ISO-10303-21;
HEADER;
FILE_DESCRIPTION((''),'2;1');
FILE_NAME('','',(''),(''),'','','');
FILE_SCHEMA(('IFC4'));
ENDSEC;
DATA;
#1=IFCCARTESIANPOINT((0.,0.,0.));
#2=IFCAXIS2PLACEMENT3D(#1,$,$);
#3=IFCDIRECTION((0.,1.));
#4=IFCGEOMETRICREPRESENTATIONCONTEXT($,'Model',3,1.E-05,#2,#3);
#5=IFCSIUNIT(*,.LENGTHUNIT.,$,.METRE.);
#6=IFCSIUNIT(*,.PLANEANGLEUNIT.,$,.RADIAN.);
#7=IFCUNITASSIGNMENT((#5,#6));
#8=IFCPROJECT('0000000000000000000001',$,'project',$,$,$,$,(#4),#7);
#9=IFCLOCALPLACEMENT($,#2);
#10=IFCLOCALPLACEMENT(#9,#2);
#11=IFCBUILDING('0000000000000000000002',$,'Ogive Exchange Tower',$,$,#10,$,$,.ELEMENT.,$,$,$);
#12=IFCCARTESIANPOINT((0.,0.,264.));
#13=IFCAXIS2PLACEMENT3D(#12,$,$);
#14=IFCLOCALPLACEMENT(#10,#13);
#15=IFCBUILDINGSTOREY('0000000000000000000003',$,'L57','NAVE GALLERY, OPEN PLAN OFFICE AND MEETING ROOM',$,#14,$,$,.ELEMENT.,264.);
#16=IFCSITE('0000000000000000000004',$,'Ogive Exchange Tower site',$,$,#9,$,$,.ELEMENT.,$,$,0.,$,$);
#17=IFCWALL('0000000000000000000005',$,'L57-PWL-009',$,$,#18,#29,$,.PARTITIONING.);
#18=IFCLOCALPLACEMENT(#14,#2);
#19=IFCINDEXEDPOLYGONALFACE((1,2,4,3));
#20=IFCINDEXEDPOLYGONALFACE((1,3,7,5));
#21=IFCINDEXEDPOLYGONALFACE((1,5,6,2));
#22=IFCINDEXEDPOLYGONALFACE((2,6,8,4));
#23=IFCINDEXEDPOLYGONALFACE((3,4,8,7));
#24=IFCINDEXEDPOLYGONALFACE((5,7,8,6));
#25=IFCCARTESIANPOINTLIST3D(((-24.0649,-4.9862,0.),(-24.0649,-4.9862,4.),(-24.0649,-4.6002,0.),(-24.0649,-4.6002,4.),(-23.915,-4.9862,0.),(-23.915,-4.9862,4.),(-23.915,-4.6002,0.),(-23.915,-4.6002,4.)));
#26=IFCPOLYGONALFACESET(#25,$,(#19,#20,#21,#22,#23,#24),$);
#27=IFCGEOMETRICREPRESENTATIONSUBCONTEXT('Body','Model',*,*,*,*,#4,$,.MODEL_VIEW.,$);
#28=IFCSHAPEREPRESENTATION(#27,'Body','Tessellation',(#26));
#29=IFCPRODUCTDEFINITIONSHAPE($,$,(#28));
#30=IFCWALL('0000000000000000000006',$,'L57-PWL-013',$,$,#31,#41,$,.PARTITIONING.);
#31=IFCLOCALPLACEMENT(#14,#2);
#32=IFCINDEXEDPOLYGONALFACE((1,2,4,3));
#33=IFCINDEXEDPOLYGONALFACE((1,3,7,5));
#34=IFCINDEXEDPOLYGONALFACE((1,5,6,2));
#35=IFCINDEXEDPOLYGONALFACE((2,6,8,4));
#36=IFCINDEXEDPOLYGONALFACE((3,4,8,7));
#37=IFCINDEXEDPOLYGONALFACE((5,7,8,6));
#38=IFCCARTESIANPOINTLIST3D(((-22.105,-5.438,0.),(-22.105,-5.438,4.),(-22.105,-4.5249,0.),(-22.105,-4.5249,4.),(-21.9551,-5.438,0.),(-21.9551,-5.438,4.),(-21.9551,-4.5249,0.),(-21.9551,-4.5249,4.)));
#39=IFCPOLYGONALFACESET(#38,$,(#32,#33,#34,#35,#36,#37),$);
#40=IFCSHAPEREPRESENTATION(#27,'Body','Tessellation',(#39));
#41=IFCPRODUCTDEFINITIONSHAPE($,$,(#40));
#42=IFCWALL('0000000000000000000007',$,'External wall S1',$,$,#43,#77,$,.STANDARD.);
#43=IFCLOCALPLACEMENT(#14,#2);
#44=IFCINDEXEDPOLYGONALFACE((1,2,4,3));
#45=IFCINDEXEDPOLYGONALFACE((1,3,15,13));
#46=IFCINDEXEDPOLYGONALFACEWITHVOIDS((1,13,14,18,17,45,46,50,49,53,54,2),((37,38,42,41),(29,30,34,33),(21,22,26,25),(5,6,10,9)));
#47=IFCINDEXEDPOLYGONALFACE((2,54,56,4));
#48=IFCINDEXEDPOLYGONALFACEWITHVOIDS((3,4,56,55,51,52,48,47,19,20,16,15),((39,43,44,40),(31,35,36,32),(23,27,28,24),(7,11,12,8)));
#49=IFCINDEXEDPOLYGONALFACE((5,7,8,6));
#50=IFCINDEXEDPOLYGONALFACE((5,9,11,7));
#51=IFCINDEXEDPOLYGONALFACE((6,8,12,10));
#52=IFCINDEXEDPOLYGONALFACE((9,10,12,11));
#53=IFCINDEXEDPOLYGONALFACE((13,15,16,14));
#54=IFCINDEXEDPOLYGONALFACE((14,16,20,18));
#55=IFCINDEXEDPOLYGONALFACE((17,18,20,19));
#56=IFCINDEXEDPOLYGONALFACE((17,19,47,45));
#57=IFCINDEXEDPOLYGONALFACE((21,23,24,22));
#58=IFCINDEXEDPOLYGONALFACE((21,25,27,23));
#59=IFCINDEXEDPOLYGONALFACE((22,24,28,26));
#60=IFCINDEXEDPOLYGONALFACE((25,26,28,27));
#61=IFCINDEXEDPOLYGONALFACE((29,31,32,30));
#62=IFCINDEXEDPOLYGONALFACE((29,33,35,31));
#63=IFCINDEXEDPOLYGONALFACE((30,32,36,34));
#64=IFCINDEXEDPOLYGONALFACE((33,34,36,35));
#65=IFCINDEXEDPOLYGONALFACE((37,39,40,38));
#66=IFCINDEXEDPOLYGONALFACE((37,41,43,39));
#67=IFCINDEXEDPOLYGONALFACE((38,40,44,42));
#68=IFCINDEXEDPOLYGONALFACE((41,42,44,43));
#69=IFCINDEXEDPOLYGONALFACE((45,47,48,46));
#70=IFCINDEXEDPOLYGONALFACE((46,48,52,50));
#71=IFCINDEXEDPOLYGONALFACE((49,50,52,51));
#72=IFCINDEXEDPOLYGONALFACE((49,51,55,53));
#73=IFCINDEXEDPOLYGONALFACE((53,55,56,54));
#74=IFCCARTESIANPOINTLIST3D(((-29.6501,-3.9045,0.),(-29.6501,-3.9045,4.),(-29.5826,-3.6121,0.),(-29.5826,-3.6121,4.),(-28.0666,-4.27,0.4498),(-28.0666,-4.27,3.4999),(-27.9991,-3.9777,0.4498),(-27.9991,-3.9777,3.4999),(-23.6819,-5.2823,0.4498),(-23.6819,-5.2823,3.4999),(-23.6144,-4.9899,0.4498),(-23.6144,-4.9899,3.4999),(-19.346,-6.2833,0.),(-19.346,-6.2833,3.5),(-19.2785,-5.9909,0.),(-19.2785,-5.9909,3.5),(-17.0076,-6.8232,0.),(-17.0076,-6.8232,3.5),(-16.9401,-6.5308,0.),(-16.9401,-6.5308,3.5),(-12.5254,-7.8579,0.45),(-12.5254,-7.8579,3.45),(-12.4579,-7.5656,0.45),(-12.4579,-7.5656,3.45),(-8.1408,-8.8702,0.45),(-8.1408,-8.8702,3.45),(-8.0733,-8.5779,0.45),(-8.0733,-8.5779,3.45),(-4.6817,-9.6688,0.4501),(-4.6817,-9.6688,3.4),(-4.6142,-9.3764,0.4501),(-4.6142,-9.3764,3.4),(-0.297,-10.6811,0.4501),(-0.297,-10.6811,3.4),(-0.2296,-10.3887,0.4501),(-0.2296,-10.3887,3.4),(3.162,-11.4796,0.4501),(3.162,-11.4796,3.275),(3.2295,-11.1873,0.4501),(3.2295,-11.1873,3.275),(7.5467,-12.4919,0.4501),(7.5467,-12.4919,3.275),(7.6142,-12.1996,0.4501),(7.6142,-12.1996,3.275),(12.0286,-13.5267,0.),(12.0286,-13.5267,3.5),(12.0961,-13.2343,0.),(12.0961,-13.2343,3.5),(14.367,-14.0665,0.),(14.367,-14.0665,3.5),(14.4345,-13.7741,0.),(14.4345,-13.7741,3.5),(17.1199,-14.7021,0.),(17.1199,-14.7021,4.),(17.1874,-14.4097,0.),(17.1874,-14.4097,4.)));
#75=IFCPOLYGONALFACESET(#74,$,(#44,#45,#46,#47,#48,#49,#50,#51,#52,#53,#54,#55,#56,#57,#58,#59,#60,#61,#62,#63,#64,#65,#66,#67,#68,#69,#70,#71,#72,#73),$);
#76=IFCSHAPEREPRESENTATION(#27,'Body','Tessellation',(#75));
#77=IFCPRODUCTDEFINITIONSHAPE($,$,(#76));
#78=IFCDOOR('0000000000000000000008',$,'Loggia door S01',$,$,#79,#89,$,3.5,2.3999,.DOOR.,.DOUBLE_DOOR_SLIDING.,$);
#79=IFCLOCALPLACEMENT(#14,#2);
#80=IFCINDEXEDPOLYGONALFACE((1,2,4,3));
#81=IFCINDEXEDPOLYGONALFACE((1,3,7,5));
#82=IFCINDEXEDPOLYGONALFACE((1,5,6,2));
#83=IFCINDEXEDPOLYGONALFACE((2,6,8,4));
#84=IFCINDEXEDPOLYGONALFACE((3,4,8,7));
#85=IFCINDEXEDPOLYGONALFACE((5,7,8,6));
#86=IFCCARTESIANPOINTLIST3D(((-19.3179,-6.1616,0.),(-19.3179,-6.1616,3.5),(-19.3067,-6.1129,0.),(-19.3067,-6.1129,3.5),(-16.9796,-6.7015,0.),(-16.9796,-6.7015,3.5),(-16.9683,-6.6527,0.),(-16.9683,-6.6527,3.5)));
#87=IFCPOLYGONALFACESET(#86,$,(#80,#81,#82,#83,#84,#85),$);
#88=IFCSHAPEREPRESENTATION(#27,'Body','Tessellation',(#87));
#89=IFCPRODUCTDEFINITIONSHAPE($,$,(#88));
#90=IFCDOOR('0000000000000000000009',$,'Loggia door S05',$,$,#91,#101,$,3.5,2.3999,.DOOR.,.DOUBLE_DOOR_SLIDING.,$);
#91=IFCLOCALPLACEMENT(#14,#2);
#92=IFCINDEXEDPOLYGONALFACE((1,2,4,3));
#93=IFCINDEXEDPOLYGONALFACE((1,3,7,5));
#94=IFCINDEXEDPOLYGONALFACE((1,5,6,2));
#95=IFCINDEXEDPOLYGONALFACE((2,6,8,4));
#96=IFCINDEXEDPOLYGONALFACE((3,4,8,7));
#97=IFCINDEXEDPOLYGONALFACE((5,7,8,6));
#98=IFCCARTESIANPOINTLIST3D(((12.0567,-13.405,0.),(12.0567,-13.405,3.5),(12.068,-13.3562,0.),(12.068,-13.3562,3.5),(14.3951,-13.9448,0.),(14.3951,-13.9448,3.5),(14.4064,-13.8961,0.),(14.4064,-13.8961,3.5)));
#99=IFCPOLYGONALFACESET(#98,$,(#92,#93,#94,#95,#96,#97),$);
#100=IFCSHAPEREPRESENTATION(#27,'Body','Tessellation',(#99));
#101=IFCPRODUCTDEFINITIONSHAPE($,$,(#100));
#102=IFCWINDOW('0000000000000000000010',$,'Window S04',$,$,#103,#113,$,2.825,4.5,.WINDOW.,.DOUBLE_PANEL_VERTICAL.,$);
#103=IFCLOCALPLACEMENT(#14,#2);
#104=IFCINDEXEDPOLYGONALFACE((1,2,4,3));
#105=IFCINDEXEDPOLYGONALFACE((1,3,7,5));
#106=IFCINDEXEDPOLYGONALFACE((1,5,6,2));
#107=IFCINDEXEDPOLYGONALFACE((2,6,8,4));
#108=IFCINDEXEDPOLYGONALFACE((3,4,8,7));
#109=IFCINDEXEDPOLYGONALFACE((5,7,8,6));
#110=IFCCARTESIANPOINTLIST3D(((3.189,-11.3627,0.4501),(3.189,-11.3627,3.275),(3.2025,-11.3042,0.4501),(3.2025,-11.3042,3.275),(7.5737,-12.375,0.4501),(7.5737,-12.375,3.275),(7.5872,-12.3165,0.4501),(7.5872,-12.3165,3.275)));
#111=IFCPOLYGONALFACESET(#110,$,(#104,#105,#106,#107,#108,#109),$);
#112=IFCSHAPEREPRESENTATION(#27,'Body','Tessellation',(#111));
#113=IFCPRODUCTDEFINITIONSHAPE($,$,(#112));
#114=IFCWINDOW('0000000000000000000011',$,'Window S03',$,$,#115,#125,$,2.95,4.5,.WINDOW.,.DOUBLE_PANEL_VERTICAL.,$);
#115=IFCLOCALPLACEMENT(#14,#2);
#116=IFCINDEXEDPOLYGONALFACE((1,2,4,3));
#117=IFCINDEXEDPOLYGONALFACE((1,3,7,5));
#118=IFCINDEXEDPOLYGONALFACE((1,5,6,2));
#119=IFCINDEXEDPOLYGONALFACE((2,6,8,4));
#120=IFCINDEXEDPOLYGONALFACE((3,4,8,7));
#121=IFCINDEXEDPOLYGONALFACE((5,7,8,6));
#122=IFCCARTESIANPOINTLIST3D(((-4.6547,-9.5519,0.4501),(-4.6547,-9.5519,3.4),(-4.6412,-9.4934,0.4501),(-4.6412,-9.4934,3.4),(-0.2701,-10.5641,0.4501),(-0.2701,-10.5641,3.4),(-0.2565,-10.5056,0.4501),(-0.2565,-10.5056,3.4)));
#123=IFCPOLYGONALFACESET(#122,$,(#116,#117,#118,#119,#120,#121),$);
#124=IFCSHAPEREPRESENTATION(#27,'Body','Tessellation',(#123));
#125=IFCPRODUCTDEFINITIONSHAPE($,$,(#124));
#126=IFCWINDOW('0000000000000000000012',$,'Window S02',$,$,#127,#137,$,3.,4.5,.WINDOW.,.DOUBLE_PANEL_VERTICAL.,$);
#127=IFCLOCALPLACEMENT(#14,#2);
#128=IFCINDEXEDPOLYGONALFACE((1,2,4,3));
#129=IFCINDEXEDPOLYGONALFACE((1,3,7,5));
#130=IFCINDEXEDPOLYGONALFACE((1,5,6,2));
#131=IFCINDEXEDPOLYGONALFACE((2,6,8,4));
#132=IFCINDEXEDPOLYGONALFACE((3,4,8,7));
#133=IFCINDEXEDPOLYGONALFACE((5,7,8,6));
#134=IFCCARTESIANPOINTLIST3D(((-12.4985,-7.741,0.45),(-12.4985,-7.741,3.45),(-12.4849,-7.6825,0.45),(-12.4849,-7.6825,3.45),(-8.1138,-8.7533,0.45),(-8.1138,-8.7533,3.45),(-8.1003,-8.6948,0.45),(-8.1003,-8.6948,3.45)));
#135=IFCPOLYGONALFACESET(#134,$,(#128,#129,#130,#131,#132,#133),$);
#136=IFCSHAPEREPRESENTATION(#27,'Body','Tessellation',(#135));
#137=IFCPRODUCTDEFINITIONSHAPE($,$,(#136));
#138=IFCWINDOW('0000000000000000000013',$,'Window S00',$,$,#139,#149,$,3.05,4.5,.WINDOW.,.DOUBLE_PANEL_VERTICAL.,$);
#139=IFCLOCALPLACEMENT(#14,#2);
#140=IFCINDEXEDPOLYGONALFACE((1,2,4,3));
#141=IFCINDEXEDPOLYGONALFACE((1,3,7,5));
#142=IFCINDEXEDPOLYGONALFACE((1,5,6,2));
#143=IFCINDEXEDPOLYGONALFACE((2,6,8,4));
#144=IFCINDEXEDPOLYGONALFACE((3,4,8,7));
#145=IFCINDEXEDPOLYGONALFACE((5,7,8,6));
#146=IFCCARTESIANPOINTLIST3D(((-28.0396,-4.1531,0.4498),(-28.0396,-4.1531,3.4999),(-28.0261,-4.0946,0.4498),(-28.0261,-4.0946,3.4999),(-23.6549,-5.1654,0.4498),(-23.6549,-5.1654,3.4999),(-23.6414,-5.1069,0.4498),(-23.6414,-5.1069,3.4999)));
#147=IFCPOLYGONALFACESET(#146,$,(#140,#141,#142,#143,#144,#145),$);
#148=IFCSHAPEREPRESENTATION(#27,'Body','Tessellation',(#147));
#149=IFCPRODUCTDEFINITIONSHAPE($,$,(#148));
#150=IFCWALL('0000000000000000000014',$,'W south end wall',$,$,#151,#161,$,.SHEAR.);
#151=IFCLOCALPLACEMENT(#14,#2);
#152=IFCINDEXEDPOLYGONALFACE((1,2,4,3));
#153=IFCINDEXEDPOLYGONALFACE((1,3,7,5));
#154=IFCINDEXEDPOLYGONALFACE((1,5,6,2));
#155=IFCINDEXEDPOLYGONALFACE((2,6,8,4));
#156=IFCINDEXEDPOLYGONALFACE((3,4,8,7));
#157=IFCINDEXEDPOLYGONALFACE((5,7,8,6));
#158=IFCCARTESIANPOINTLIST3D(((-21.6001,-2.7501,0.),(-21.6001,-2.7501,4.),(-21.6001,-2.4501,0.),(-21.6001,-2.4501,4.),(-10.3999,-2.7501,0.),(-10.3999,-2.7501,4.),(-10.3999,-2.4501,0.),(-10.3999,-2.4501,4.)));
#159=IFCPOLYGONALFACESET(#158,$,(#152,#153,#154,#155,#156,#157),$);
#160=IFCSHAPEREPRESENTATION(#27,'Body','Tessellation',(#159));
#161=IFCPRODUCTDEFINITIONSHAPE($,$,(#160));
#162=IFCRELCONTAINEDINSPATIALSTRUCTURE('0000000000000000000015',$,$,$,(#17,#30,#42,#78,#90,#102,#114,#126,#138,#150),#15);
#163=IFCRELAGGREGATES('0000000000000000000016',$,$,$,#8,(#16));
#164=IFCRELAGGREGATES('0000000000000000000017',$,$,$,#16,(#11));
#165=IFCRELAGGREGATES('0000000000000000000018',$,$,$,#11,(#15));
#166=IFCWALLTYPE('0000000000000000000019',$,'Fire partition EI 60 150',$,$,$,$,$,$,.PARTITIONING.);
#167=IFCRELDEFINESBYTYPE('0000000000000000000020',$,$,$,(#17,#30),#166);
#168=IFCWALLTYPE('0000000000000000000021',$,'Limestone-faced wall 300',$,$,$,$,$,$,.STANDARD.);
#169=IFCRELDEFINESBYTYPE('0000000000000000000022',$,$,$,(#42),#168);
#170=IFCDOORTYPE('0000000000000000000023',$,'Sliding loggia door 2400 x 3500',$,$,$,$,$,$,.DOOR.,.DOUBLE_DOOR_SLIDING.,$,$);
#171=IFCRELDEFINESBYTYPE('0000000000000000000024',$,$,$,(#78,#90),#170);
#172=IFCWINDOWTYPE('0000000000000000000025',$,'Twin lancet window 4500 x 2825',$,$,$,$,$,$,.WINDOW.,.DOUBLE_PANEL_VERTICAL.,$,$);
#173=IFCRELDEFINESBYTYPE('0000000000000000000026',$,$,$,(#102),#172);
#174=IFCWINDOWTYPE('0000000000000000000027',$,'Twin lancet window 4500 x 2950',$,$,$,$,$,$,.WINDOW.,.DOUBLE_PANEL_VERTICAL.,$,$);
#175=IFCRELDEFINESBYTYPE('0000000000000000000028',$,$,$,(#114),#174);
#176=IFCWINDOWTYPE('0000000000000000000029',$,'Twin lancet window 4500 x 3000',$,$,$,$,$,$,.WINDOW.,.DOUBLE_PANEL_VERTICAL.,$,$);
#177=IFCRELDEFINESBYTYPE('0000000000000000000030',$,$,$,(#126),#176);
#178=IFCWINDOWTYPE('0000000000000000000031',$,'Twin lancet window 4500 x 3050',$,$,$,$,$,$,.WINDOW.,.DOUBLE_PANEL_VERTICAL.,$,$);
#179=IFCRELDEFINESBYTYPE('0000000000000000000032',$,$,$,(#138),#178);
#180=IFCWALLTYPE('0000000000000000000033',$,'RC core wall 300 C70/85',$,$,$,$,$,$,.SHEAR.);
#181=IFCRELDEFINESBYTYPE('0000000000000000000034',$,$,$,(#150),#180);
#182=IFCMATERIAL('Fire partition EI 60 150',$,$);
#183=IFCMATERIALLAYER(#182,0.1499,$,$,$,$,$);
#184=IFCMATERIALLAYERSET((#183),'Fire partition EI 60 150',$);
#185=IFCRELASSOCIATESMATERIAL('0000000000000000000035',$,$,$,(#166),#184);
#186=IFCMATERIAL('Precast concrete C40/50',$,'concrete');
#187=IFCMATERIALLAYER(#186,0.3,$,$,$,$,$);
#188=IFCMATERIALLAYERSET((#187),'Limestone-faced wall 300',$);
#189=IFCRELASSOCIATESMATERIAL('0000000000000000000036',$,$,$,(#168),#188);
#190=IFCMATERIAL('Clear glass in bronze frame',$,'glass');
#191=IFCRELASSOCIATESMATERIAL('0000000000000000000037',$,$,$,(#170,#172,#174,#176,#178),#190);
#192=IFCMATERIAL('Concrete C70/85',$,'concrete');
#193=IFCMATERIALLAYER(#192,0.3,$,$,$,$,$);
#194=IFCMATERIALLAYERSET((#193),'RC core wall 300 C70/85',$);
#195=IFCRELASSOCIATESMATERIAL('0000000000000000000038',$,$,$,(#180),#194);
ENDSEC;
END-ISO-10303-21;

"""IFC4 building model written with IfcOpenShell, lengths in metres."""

from ifc_helpers import new_model, si_unit, direction, frame, frame_2d, origin, place, context, subcontext, project, spatial, rectangle, extrude, material, layer, layer_set, type_object, element, fill, save


model = new_model("IFC4")

# Units and contexts
model_context = context("Model", 3, precision=1e-05, world=origin(), true_north=direction((0.0, 1.0)))
body_context = subcontext(model_context, "Body", "Model", "MODEL_VIEW")
ifc_project = project(units=[si_unit("LENGTHUNIT", "METRE"), si_unit("PLANEANGLEUNIT", "RADIAN")], contexts=[model_context])

# Site, building, storey
site_placement = place(None, origin())
site = spatial("IfcSite", under=ifc_project, at=site_placement, Name="Ogive Exchange Tower site", CompositionType="ELEMENT", RefElevation=0.0)
building_placement = place(site_placement, origin())
building = spatial("IfcBuilding", under=site, at=building_placement, Name="Ogive Exchange Tower", CompositionType="ELEMENT")
storey_placement = place(building_placement, frame((0.0, 0.0, 264.0)))
storey = spatial("IfcBuildingStorey", under=building, at=storey_placement, Name="L57", Description="NAVE GALLERY, OPEN PLAN OFFICE AND MEETING ROOM", CompositionType="ELEMENT", Elevation=264.0)

# Shared definitions
ifc_material_1 = material(Name="Fire partition EI 60 150")
ifc_layer_1 = layer(ifc_material_1, 0.1499)
ifc_layer_set_1 = layer_set([ifc_layer_1], Name="Fire partition EI 60 150")
wall_type_1 = type_object("IfcWallType", Name="Fire partition EI 60 150", PredefinedType="PARTITIONING", material=ifc_layer_set_1)

# Walls
wall_1_placement = place(storey_placement, frame((-23.99, -4.9861, 0.0), z_axis=(0.0, 0.0, 1.0), x_axis=(0.0, 1.0, 0.0)))
element("IfcWall", 1, at=wall_1_placement, inside=storey, type_object=wall_type_1, Name="L57-PWL-009", PredefinedType="PARTITIONING", context=body_context, shape_type="SweptSolid", body=[
    extrude(rectangle(XDim=0.386, YDim=0.1499, at=frame_2d((0.1929, 0.0))), origin(), (0.0, 0.0, 1.0), 4.0),
])
wall_2_placement = place(storey_placement, frame((-22.03, -4.5249, 0.0), z_axis=(0.0, 0.0, 1.0), x_axis=(0.0, -1.0, 0.0)))
element("IfcWall", 2, at=wall_2_placement, inside=storey, type_object=wall_type_1, Name="L57-PWL-013", PredefinedType="PARTITIONING", context=body_context, shape_type="SweptSolid", body=[
    extrude(rectangle(XDim=0.9131, YDim=0.1499, at=frame_2d((0.4565, 0.0))), origin(), (0.0, 0.0, 1.0), 4.0),
])

# Wall, openings, doors, windows
ifc_material_2 = material(Name="Precast concrete C40/50", Category="concrete")
ifc_layer_2 = layer(ifc_material_2, 0.3)
ifc_layer_set_2 = layer_set([ifc_layer_2], Name="Limestone-faced wall 300")
wall_type_2 = type_object("IfcWallType", Name="Limestone-faced wall 300", PredefinedType="STANDARD", material=ifc_layer_set_2)
wall_3_placement = place(storey_placement, frame((-29.6162, -3.7583, 0.0), z_axis=(0.0, 0.0, 1.0), x_axis=(0.974371, -0.224949, 0.0)))
wall_3 = element("IfcWall", 3, at=wall_3_placement, inside=storey, type_object=wall_type_2, Name="External wall S1", PredefinedType="STANDARD", context=body_context, shape_type="SweptSolid", body=[
    extrude(rectangle(XDim=48.0002, YDim=0.3, at=frame_2d((24.0, 0.0))), origin(), (0.0, 0.0, 1.0), 4.0),
])
opening_1_placement = place(wall_3_placement, frame((1.625, 0.0, 0.45)))
opening_1 = element("IfcOpeningElement", 4, at=opening_1_placement, cuts=wall_3, PredefinedType="OPENING", context=body_context, shape_type="SweptSolid", body=[
    extrude(rectangle(XDim=4.5, YDim=3.05, at=frame_2d((2.25, 1.5249))), frame((0.0, 0.1599, 0.0), z_axis=(0.0, -1.0, 0.0), x_axis=(1.0, 0.0, 0.0)), (0.0, 0.0, 1.0), 0.3201),
])
opening_2_placement = place(wall_3_placement, frame((10.575, 0.0, 0.0)))
opening_2 = element("IfcOpeningElement", 5, at=opening_2_placement, cuts=wall_3, PredefinedType="OPENING", context=body_context, shape_type="SweptSolid", body=[
    extrude(rectangle(XDim=2.3999, YDim=3.5, at=frame_2d((1.2, 1.75))), frame((0.0, 0.1599, 0.0), z_axis=(0.0, -1.0, 0.0), x_axis=(1.0, 0.0, 0.0)), (0.0, 0.0, 1.0), 0.3201),
])
opening_3_placement = place(wall_3_placement, frame((17.575, 0.0, 0.45)))
opening_3 = element("IfcOpeningElement", 6, at=opening_3_placement, cuts=wall_3, PredefinedType="OPENING", context=body_context, shape_type="SweptSolid", body=[
    extrude(rectangle(XDim=4.5, YDim=3.0, at=frame_2d((2.25, 1.5))), frame((0.0, 0.1599, 0.0), z_axis=(0.0, -1.0, 0.0), x_axis=(1.0, 0.0, 0.0)), (0.0, 0.0, 1.0), 0.3201),
])
opening_4_placement = place(wall_3_placement, frame((25.625, 0.0, 0.45)))
opening_4 = element("IfcOpeningElement", 7, at=opening_4_placement, cuts=wall_3, PredefinedType="OPENING", context=body_context, shape_type="SweptSolid", body=[
    extrude(rectangle(XDim=4.5, YDim=2.95, at=frame_2d((2.25, 1.4751))), frame((0.0, 0.1599, 0.0), z_axis=(0.0, -1.0, 0.0), x_axis=(1.0, 0.0, 0.0)), (0.0, 0.0, 1.0), 0.3201),
])
opening_5_placement = place(wall_3_placement, frame((33.675, 0.0, 0.45)))
opening_5 = element("IfcOpeningElement", 8, at=opening_5_placement, cuts=wall_3, PredefinedType="OPENING", context=body_context, shape_type="SweptSolid", body=[
    extrude(rectangle(XDim=4.5, YDim=2.825, at=frame_2d((2.25, 1.4126))), frame((0.0, 0.1599, 0.0), z_axis=(0.0, -1.0, 0.0), x_axis=(1.0, 0.0, 0.0)), (0.0, 0.0, 1.0), 0.3201),
])
opening_6_placement = place(wall_3_placement, frame((42.7749, 0.0, 0.0)))
opening_6 = element("IfcOpeningElement", 9, at=opening_6_placement, cuts=wall_3, PredefinedType="OPENING", context=body_context, shape_type="SweptSolid", body=[
    extrude(rectangle(XDim=2.3999, YDim=3.5, at=frame_2d((1.2, 1.75))), frame((0.0, 0.1599, 0.0), z_axis=(0.0, -1.0, 0.0), x_axis=(1.0, 0.0, 0.0)), (0.0, 0.0, 1.0), 0.3201),
])
ifc_material_3 = material(Name="Clear glass in bronze frame", Category="glass")
door_type_1 = type_object("IfcDoorType", Name="Sliding loggia door 2400 x 3500", OperationType="DOUBLE_DOOR_SLIDING", PredefinedType="DOOR", material=ifc_material_3)
door_1_placement = place(opening_2_placement, origin())
door_1 = element("IfcDoor", 10, at=door_1_placement, inside=storey, type_object=door_type_1, Name="Loggia door S01", OperationType="DOUBLE_DOOR_SLIDING", OverallHeight=3.5, OverallWidth=2.3999, PredefinedType="DOOR", context=body_context, shape_type="SweptSolid", body=[
    extrude(rectangle(XDim=2.3999, YDim=3.5, at=frame_2d((1.2, 1.75))), frame((0.0, 0.0249, 0.0), z_axis=(0.0, -1.0, 0.0), x_axis=(1.0, 0.0, 0.0)), (0.0, 0.0, 1.0), 0.05),
])
fill(opening_2, door_1)
door_2_placement = place(opening_6_placement, origin())
door_2 = element("IfcDoor", 11, at=door_2_placement, inside=storey, type_object=door_type_1, Name="Loggia door S05", OperationType="DOUBLE_DOOR_SLIDING", OverallHeight=3.5, OverallWidth=2.3999, PredefinedType="DOOR", context=body_context, shape_type="SweptSolid", body=[
    extrude(rectangle(XDim=2.3999, YDim=3.5, at=frame_2d((1.2, 1.75))), frame((0.0, 0.0249, 0.0), z_axis=(0.0, -1.0, 0.0), x_axis=(1.0, 0.0, 0.0)), (0.0, 0.0, 1.0), 0.05),
])
fill(opening_6, door_2)
window_type_1 = type_object("IfcWindowType", Name="Twin lancet window 4500 x 2825", PartitioningType="DOUBLE_PANEL_VERTICAL", PredefinedType="WINDOW", material=ifc_material_3)
window_1_placement = place(opening_5_placement, origin())
window_1 = element("IfcWindow", 12, at=window_1_placement, inside=storey, type_object=window_type_1, Name="Window S04", OverallHeight=2.825, OverallWidth=4.5, PartitioningType="DOUBLE_PANEL_VERTICAL", PredefinedType="WINDOW", context=body_context, shape_type="SweptSolid", body=[
    extrude(rectangle(XDim=4.5, YDim=2.825, at=frame_2d((2.25, 1.4126))), frame((0.0, 0.03, 0.0), z_axis=(0.0, -1.0, 0.0), x_axis=(1.0, 0.0, 0.0)), (0.0, 0.0, 1.0), 0.0601),
])
fill(opening_5, window_1)
window_type_2 = type_object("IfcWindowType", Name="Twin lancet window 4500 x 2950", PartitioningType="DOUBLE_PANEL_VERTICAL", PredefinedType="WINDOW", material=ifc_material_3)
window_2_placement = place(opening_4_placement, origin())
window_2 = element("IfcWindow", 13, at=window_2_placement, inside=storey, type_object=window_type_2, Name="Window S03", OverallHeight=2.95, OverallWidth=4.5, PartitioningType="DOUBLE_PANEL_VERTICAL", PredefinedType="WINDOW", context=body_context, shape_type="SweptSolid", body=[
    extrude(rectangle(XDim=4.5, YDim=2.95, at=frame_2d((2.25, 1.4751))), frame((0.0, 0.03, 0.0), z_axis=(0.0, -1.0, 0.0), x_axis=(1.0, 0.0, 0.0)), (0.0, 0.0, 1.0), 0.0601),
])
fill(opening_4, window_2)
window_type_3 = type_object("IfcWindowType", Name="Twin lancet window 4500 x 3000", PartitioningType="DOUBLE_PANEL_VERTICAL", PredefinedType="WINDOW", material=ifc_material_3)
window_3_placement = place(opening_3_placement, origin())
window_3 = element("IfcWindow", 14, at=window_3_placement, inside=storey, type_object=window_type_3, Name="Window S02", OverallHeight=3.0, OverallWidth=4.5, PartitioningType="DOUBLE_PANEL_VERTICAL", PredefinedType="WINDOW", context=body_context, shape_type="SweptSolid", body=[
    extrude(rectangle(XDim=4.5, YDim=3.0, at=frame_2d((2.25, 1.5))), frame((0.0, 0.03, 0.0), z_axis=(0.0, -1.0, 0.0), x_axis=(1.0, 0.0, 0.0)), (0.0, 0.0, 1.0), 0.0601),
])
fill(opening_3, window_3)
window_type_4 = type_object("IfcWindowType", Name="Twin lancet window 4500 x 3050", PartitioningType="DOUBLE_PANEL_VERTICAL", PredefinedType="WINDOW", material=ifc_material_3)
window_4_placement = place(opening_1_placement, origin())
window_4 = element("IfcWindow", 15, at=window_4_placement, inside=storey, type_object=window_type_4, Name="Window S00", OverallHeight=3.05, OverallWidth=4.5, PartitioningType="DOUBLE_PANEL_VERTICAL", PredefinedType="WINDOW", context=body_context, shape_type="SweptSolid", body=[
    extrude(rectangle(XDim=4.5, YDim=3.05, at=frame_2d((2.25, 1.5249))), frame((0.0, 0.03, 0.0), z_axis=(0.0, -1.0, 0.0), x_axis=(1.0, 0.0, 0.0)), (0.0, 0.0, 1.0), 0.0601),
])
fill(opening_1, window_4)

# Wall
ifc_material_4 = material(Name="Concrete C70/85", Category="concrete")
ifc_layer_3 = layer(ifc_material_4, 0.3)
ifc_layer_set_3 = layer_set([ifc_layer_3], Name="RC core wall 300 C70/85")
wall_type_3 = type_object("IfcWallType", Name="RC core wall 300 C70/85", PredefinedType="SHEAR", material=ifc_layer_set_3)
wall_4_placement = place(storey_placement, frame((-21.6001, -2.6001, 0.0), z_axis=(0.0, 0.0, 1.0), x_axis=(1.0, 0.0, 0.0)))
element("IfcWall", 16, at=wall_4_placement, inside=storey, type_object=wall_type_3, Name="W south end wall", PredefinedType="SHEAR", context=body_context, shape_type="SweptSolid", body=[
    extrude(rectangle(XDim=11.2002, YDim=0.3, at=frame_2d((5.6001, 0.0))), origin(), (0.0, 0.0, 1.0), 4.0),
])

save(model, "model.ifc")
